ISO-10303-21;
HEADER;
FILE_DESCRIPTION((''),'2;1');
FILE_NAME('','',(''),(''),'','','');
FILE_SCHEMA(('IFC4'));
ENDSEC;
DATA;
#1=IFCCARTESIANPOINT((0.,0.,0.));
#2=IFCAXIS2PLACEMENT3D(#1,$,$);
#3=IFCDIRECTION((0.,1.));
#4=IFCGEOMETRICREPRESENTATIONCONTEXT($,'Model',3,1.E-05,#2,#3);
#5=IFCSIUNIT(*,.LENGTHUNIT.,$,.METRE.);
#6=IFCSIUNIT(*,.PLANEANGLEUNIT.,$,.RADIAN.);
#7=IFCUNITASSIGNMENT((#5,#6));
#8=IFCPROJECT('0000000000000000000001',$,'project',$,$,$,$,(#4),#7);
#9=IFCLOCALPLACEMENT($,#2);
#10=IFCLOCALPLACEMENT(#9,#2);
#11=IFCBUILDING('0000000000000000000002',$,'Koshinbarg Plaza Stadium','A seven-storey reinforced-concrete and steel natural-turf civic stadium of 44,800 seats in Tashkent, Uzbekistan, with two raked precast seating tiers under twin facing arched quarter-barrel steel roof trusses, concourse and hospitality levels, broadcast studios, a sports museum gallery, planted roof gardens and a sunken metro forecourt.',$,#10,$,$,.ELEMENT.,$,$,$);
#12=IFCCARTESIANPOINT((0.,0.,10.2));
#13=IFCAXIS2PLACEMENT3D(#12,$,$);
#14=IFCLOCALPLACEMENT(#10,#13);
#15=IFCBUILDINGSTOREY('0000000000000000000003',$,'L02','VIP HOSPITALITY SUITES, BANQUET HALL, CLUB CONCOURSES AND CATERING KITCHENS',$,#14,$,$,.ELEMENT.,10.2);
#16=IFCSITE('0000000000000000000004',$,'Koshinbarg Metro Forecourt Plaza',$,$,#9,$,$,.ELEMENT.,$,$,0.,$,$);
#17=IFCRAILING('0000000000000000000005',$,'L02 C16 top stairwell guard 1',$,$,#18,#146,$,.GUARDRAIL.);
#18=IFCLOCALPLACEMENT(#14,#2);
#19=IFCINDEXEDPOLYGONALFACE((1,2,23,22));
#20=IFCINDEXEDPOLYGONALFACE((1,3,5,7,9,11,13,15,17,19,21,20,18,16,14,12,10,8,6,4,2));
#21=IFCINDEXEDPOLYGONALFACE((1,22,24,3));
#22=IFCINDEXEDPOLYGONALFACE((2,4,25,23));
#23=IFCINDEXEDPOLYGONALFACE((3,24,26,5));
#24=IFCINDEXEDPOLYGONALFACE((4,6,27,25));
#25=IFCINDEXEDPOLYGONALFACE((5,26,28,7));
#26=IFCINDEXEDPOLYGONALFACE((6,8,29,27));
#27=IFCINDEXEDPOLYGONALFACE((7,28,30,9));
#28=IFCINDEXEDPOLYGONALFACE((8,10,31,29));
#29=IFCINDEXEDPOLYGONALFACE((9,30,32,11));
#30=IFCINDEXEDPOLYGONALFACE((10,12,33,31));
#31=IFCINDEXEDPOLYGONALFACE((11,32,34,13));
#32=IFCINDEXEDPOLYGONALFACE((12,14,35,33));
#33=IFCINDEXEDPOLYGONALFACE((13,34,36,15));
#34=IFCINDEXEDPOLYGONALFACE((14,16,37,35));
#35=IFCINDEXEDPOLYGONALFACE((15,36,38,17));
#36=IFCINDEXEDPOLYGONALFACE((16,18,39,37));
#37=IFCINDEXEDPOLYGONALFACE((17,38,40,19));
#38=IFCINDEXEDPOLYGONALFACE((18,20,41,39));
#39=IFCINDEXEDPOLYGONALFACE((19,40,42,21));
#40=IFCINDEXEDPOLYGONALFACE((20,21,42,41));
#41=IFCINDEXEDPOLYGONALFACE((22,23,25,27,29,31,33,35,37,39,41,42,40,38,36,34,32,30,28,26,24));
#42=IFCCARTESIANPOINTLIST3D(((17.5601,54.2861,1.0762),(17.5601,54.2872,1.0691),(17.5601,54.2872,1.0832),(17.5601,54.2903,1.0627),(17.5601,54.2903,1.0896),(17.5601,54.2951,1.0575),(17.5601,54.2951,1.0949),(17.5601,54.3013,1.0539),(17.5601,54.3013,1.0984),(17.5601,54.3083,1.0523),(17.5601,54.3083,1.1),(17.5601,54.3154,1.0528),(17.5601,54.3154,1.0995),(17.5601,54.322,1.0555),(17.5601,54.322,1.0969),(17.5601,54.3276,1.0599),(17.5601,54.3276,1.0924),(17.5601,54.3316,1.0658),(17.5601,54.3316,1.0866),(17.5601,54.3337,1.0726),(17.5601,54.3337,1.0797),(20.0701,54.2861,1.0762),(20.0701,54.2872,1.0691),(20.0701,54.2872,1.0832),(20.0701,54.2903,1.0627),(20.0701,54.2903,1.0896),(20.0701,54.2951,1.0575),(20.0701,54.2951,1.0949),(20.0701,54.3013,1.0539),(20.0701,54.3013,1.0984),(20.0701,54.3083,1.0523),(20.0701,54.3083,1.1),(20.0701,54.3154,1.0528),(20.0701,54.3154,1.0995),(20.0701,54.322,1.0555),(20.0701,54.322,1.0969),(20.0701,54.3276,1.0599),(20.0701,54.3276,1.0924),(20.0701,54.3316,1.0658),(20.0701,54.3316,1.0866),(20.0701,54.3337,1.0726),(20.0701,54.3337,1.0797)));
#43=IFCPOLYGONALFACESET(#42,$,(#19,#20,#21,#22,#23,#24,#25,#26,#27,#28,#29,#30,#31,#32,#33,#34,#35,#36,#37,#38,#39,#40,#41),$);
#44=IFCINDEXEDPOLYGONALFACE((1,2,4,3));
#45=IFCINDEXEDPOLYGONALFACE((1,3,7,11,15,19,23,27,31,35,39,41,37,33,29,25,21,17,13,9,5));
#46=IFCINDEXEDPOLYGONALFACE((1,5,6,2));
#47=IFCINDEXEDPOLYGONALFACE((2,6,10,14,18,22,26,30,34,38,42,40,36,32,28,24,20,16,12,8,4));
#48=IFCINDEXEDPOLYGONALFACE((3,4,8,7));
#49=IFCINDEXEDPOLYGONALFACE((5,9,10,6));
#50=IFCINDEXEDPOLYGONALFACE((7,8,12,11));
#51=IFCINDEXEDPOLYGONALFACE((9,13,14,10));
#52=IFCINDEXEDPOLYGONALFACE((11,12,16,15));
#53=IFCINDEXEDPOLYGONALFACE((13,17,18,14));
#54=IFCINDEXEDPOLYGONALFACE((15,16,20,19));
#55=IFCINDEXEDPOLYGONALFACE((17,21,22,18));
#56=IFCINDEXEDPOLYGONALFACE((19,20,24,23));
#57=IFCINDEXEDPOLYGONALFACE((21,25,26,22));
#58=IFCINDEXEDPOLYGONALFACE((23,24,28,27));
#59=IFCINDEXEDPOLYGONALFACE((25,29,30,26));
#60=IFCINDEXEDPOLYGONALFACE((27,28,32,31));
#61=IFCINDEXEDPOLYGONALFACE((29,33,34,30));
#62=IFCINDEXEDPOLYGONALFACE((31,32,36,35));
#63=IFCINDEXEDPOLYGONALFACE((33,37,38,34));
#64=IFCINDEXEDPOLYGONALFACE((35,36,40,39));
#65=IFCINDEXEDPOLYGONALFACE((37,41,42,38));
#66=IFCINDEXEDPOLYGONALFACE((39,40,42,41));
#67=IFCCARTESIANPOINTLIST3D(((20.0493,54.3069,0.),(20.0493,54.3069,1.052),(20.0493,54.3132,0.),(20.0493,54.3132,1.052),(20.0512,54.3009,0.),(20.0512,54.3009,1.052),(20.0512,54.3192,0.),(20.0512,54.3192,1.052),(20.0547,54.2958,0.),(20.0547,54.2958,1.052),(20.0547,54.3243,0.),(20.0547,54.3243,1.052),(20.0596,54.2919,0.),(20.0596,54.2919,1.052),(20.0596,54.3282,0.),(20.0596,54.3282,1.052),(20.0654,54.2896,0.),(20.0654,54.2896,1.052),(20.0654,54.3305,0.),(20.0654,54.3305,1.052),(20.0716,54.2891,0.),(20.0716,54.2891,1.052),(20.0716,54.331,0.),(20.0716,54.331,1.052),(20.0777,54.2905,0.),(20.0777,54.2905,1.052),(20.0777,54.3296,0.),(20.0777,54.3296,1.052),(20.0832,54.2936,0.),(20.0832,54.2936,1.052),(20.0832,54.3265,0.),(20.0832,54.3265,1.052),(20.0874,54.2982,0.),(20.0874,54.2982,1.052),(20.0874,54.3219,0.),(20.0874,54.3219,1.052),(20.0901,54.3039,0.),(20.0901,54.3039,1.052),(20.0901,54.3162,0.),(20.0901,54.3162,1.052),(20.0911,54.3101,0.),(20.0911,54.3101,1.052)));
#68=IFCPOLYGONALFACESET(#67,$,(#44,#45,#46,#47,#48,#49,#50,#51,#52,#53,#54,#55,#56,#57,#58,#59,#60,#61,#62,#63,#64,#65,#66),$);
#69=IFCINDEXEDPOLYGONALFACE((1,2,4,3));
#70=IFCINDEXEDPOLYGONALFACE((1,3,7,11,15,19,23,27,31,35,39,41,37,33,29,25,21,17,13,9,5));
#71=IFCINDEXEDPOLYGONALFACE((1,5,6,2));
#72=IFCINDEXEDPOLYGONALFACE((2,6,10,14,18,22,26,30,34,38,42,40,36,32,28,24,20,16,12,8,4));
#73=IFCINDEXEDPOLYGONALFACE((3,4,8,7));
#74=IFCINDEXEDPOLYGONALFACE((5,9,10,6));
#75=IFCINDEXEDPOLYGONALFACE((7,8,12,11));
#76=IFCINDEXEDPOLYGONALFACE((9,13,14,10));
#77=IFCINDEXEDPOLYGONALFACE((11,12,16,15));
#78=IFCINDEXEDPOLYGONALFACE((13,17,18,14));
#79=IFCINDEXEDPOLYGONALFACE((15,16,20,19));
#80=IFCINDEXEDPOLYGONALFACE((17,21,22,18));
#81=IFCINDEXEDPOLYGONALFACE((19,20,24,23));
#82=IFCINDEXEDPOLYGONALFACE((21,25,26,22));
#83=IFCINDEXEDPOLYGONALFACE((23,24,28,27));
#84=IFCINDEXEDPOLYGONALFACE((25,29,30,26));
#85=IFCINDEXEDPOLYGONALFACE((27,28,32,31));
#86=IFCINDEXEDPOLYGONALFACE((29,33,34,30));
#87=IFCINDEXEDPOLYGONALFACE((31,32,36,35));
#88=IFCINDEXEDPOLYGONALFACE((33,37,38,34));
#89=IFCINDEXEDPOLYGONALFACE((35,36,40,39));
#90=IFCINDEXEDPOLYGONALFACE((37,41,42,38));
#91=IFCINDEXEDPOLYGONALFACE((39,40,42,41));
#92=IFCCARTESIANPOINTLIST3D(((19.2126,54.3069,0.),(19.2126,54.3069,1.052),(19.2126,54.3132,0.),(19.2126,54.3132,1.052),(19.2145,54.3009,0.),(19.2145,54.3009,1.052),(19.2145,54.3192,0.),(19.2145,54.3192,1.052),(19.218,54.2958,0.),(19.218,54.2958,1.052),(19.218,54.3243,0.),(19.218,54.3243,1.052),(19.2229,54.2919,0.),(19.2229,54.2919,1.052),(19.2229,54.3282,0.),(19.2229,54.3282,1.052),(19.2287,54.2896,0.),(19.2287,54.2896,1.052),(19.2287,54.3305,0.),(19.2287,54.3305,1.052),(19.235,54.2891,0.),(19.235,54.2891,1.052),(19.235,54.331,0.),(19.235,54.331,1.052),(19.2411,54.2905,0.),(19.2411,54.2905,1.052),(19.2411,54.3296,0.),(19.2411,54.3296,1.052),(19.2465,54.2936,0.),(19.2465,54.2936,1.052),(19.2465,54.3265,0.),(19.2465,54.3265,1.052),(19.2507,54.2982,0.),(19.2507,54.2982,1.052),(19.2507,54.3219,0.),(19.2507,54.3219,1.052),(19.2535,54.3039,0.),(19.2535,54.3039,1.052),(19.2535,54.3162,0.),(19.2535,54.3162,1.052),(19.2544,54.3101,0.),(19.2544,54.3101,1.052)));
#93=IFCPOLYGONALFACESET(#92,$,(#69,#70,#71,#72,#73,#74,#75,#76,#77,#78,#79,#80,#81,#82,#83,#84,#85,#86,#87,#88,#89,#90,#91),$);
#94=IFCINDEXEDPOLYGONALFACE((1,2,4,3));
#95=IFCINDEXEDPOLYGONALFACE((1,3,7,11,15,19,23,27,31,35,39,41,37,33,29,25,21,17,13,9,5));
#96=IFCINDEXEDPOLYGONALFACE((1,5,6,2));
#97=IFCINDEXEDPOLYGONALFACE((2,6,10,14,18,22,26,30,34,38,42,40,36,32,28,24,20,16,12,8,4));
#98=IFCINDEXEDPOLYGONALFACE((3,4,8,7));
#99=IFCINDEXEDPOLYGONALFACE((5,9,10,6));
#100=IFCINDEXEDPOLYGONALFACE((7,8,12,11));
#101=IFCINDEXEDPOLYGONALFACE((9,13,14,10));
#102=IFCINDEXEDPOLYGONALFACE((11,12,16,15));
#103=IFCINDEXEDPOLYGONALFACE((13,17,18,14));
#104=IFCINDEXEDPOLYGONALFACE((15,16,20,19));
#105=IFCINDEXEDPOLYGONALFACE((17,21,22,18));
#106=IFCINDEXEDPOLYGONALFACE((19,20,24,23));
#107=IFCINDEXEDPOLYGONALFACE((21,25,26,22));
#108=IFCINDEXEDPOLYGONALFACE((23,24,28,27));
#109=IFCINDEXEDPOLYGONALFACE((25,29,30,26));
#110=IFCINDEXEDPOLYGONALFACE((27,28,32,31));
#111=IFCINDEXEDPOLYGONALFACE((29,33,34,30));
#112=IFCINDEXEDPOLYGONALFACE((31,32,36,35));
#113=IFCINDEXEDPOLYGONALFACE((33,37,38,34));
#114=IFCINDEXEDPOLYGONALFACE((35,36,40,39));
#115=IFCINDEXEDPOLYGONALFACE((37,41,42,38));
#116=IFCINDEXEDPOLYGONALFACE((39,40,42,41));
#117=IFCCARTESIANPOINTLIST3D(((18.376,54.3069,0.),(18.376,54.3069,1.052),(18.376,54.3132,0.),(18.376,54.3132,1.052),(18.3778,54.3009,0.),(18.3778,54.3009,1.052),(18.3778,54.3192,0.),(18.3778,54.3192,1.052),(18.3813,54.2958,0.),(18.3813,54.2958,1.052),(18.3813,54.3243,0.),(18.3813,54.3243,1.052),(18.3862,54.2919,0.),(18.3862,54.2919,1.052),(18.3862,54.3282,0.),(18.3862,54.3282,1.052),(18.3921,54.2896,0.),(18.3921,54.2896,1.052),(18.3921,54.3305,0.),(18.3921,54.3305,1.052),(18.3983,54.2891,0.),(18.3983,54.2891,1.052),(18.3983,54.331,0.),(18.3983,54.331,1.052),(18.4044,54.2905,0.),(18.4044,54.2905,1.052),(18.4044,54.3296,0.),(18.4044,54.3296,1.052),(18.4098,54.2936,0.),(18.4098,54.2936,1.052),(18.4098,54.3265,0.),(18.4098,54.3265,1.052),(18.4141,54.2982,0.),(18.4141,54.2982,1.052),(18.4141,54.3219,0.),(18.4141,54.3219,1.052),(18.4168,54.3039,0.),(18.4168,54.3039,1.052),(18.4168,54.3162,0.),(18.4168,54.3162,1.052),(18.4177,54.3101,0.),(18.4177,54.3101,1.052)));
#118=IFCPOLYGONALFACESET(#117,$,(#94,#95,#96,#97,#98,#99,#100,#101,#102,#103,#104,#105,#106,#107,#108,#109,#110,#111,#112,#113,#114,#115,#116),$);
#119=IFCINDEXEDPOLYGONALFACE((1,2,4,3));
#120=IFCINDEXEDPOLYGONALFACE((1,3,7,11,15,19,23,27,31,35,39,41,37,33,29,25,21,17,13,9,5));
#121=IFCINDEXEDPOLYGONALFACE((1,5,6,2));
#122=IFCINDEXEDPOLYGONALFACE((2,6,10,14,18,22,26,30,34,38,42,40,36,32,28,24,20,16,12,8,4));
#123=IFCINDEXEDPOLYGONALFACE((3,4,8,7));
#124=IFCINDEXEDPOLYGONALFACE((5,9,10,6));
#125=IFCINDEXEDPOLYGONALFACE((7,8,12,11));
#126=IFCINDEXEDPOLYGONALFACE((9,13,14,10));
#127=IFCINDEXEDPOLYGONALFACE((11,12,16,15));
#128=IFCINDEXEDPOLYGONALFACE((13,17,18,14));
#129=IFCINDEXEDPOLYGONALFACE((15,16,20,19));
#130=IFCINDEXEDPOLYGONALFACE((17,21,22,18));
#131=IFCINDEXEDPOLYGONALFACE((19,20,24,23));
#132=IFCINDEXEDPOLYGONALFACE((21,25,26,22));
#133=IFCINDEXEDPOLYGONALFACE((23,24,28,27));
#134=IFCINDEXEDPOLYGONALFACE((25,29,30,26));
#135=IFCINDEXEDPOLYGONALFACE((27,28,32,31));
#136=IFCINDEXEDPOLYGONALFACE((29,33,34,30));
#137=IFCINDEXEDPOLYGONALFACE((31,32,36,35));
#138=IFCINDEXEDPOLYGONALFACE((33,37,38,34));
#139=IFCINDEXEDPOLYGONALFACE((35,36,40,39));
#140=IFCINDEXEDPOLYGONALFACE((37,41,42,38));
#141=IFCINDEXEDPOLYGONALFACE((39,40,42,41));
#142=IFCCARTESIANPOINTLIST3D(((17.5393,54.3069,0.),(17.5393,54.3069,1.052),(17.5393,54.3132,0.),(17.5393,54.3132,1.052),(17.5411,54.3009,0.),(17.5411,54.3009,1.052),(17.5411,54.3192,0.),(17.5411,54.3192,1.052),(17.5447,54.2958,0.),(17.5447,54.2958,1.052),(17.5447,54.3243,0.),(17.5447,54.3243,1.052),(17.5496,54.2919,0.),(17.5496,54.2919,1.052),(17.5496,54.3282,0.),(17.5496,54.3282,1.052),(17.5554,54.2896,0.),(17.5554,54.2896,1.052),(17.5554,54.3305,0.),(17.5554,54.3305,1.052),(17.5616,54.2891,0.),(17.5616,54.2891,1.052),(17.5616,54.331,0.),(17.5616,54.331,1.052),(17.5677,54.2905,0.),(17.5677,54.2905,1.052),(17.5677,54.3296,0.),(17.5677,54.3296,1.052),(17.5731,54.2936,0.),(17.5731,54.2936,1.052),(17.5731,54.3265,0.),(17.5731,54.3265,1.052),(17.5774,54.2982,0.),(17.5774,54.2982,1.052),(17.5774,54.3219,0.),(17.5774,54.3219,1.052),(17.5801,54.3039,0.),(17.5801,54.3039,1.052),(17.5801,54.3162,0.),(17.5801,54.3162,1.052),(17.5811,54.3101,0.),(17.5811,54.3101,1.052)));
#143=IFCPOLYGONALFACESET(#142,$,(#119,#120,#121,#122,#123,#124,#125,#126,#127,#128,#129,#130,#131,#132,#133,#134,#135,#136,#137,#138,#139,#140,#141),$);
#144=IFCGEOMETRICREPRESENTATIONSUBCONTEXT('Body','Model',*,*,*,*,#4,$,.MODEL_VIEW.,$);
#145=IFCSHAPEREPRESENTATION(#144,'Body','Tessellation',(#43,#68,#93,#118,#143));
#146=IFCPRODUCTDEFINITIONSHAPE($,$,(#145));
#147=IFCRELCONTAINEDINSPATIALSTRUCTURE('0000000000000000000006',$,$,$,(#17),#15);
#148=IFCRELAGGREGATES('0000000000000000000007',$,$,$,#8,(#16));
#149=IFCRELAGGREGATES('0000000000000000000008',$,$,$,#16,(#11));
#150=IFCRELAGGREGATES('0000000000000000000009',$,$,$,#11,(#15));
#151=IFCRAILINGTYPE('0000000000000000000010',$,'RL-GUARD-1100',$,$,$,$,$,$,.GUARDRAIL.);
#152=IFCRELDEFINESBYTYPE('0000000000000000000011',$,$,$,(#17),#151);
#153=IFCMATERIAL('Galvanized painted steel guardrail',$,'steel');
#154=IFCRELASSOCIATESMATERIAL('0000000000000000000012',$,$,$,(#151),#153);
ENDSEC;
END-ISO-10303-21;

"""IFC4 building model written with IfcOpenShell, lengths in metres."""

from ifc_helpers import new_model, si_unit, direction, frame, origin, origin_2d, place, context, subcontext, project, spatial, circle, extrude, material, type_object, element, save


model = new_model("IFC4")

# Units and contexts
model_context = context("Model", 3, precision=1e-05, world=origin(), true_north=direction((0.0, 1.0)))
body_context = subcontext(model_context, "Body", "Model", "MODEL_VIEW")
ifc_project = project(units=[si_unit("LENGTHUNIT", "METRE"), si_unit("PLANEANGLEUNIT", "RADIAN")], contexts=[model_context])

# Site, building, storey
site_placement = place(None, origin())
site = spatial("IfcSite", under=ifc_project, at=site_placement, Name="Koshinbarg Metro Forecourt Plaza", CompositionType="ELEMENT", RefElevation=0.0)
building_placement = place(site_placement, origin())
building = spatial("IfcBuilding", under=site, at=building_placement, Name="Koshinbarg Plaza Stadium", Description="A seven-storey reinforced-concrete and steel natural-turf civic stadium of 44,800 seats in Tashkent, Uzbekistan, with two raked precast seating tiers under twin facing arched quarter-barrel steel roof trusses, concourse and hospitality levels, broadcast studios, a sports museum gallery, planted roof gardens and a sunken metro forecourt.", CompositionType="ELEMENT")
storey_placement = place(building_placement, frame((0.0, 0.0, 10.2)))
storey = spatial("IfcBuildingStorey", under=building, at=storey_placement, Name="L02", Description="VIP HOSPITALITY SUITES, BANQUET HALL, CLUB CONCOURSES AND CATERING KITCHENS", CompositionType="ELEMENT", Elevation=10.2)

# Railing
ifc_material_1 = material(Name="Galvanized painted steel guardrail", Category="steel")
railing_type_1 = type_object("IfcRailingType", Name="RL-GUARD-1100", PredefinedType="GUARDRAIL", material=ifc_material_1)
railing_1_placement = place(storey_placement, frame((20.0701, 54.3101, 0.0)))
element("IfcRailing", 1, at=railing_1_placement, inside=storey, type_object=railing_type_1, Name="L02 C16 top stairwell guard 1", PredefinedType="GUARDRAIL", context=body_context, shape_type="SweptSolid", body=[
    extrude(circle(Radius=0.0239, at=origin_2d()), frame((0.0, 0.0, 1.0762), z_axis=(-1.0, 0.0, 0.0), x_axis=(0.0, -1.0, 0.0)), (0.0, 0.0, 1.0), 2.51),
    extrude(circle(Radius=0.021, at=origin_2d()), origin(), (0.0, 0.0, 1.0), 1.052),
    extrude(circle(Radius=0.021, at=origin_2d()), frame((-0.8367, 0.0, 0.0)), (0.0, 0.0, 1.0), 1.052),
    extrude(circle(Radius=0.021, at=origin_2d()), frame((-1.6733, 0.0, 0.0)), (0.0, 0.0, 1.0), 1.052),
    extrude(circle(Radius=0.021, at=origin_2d()), frame((-2.51, 0.0, 0.0)), (0.0, 0.0, 1.0), 1.052),
])

save(model, "model.ifc")
